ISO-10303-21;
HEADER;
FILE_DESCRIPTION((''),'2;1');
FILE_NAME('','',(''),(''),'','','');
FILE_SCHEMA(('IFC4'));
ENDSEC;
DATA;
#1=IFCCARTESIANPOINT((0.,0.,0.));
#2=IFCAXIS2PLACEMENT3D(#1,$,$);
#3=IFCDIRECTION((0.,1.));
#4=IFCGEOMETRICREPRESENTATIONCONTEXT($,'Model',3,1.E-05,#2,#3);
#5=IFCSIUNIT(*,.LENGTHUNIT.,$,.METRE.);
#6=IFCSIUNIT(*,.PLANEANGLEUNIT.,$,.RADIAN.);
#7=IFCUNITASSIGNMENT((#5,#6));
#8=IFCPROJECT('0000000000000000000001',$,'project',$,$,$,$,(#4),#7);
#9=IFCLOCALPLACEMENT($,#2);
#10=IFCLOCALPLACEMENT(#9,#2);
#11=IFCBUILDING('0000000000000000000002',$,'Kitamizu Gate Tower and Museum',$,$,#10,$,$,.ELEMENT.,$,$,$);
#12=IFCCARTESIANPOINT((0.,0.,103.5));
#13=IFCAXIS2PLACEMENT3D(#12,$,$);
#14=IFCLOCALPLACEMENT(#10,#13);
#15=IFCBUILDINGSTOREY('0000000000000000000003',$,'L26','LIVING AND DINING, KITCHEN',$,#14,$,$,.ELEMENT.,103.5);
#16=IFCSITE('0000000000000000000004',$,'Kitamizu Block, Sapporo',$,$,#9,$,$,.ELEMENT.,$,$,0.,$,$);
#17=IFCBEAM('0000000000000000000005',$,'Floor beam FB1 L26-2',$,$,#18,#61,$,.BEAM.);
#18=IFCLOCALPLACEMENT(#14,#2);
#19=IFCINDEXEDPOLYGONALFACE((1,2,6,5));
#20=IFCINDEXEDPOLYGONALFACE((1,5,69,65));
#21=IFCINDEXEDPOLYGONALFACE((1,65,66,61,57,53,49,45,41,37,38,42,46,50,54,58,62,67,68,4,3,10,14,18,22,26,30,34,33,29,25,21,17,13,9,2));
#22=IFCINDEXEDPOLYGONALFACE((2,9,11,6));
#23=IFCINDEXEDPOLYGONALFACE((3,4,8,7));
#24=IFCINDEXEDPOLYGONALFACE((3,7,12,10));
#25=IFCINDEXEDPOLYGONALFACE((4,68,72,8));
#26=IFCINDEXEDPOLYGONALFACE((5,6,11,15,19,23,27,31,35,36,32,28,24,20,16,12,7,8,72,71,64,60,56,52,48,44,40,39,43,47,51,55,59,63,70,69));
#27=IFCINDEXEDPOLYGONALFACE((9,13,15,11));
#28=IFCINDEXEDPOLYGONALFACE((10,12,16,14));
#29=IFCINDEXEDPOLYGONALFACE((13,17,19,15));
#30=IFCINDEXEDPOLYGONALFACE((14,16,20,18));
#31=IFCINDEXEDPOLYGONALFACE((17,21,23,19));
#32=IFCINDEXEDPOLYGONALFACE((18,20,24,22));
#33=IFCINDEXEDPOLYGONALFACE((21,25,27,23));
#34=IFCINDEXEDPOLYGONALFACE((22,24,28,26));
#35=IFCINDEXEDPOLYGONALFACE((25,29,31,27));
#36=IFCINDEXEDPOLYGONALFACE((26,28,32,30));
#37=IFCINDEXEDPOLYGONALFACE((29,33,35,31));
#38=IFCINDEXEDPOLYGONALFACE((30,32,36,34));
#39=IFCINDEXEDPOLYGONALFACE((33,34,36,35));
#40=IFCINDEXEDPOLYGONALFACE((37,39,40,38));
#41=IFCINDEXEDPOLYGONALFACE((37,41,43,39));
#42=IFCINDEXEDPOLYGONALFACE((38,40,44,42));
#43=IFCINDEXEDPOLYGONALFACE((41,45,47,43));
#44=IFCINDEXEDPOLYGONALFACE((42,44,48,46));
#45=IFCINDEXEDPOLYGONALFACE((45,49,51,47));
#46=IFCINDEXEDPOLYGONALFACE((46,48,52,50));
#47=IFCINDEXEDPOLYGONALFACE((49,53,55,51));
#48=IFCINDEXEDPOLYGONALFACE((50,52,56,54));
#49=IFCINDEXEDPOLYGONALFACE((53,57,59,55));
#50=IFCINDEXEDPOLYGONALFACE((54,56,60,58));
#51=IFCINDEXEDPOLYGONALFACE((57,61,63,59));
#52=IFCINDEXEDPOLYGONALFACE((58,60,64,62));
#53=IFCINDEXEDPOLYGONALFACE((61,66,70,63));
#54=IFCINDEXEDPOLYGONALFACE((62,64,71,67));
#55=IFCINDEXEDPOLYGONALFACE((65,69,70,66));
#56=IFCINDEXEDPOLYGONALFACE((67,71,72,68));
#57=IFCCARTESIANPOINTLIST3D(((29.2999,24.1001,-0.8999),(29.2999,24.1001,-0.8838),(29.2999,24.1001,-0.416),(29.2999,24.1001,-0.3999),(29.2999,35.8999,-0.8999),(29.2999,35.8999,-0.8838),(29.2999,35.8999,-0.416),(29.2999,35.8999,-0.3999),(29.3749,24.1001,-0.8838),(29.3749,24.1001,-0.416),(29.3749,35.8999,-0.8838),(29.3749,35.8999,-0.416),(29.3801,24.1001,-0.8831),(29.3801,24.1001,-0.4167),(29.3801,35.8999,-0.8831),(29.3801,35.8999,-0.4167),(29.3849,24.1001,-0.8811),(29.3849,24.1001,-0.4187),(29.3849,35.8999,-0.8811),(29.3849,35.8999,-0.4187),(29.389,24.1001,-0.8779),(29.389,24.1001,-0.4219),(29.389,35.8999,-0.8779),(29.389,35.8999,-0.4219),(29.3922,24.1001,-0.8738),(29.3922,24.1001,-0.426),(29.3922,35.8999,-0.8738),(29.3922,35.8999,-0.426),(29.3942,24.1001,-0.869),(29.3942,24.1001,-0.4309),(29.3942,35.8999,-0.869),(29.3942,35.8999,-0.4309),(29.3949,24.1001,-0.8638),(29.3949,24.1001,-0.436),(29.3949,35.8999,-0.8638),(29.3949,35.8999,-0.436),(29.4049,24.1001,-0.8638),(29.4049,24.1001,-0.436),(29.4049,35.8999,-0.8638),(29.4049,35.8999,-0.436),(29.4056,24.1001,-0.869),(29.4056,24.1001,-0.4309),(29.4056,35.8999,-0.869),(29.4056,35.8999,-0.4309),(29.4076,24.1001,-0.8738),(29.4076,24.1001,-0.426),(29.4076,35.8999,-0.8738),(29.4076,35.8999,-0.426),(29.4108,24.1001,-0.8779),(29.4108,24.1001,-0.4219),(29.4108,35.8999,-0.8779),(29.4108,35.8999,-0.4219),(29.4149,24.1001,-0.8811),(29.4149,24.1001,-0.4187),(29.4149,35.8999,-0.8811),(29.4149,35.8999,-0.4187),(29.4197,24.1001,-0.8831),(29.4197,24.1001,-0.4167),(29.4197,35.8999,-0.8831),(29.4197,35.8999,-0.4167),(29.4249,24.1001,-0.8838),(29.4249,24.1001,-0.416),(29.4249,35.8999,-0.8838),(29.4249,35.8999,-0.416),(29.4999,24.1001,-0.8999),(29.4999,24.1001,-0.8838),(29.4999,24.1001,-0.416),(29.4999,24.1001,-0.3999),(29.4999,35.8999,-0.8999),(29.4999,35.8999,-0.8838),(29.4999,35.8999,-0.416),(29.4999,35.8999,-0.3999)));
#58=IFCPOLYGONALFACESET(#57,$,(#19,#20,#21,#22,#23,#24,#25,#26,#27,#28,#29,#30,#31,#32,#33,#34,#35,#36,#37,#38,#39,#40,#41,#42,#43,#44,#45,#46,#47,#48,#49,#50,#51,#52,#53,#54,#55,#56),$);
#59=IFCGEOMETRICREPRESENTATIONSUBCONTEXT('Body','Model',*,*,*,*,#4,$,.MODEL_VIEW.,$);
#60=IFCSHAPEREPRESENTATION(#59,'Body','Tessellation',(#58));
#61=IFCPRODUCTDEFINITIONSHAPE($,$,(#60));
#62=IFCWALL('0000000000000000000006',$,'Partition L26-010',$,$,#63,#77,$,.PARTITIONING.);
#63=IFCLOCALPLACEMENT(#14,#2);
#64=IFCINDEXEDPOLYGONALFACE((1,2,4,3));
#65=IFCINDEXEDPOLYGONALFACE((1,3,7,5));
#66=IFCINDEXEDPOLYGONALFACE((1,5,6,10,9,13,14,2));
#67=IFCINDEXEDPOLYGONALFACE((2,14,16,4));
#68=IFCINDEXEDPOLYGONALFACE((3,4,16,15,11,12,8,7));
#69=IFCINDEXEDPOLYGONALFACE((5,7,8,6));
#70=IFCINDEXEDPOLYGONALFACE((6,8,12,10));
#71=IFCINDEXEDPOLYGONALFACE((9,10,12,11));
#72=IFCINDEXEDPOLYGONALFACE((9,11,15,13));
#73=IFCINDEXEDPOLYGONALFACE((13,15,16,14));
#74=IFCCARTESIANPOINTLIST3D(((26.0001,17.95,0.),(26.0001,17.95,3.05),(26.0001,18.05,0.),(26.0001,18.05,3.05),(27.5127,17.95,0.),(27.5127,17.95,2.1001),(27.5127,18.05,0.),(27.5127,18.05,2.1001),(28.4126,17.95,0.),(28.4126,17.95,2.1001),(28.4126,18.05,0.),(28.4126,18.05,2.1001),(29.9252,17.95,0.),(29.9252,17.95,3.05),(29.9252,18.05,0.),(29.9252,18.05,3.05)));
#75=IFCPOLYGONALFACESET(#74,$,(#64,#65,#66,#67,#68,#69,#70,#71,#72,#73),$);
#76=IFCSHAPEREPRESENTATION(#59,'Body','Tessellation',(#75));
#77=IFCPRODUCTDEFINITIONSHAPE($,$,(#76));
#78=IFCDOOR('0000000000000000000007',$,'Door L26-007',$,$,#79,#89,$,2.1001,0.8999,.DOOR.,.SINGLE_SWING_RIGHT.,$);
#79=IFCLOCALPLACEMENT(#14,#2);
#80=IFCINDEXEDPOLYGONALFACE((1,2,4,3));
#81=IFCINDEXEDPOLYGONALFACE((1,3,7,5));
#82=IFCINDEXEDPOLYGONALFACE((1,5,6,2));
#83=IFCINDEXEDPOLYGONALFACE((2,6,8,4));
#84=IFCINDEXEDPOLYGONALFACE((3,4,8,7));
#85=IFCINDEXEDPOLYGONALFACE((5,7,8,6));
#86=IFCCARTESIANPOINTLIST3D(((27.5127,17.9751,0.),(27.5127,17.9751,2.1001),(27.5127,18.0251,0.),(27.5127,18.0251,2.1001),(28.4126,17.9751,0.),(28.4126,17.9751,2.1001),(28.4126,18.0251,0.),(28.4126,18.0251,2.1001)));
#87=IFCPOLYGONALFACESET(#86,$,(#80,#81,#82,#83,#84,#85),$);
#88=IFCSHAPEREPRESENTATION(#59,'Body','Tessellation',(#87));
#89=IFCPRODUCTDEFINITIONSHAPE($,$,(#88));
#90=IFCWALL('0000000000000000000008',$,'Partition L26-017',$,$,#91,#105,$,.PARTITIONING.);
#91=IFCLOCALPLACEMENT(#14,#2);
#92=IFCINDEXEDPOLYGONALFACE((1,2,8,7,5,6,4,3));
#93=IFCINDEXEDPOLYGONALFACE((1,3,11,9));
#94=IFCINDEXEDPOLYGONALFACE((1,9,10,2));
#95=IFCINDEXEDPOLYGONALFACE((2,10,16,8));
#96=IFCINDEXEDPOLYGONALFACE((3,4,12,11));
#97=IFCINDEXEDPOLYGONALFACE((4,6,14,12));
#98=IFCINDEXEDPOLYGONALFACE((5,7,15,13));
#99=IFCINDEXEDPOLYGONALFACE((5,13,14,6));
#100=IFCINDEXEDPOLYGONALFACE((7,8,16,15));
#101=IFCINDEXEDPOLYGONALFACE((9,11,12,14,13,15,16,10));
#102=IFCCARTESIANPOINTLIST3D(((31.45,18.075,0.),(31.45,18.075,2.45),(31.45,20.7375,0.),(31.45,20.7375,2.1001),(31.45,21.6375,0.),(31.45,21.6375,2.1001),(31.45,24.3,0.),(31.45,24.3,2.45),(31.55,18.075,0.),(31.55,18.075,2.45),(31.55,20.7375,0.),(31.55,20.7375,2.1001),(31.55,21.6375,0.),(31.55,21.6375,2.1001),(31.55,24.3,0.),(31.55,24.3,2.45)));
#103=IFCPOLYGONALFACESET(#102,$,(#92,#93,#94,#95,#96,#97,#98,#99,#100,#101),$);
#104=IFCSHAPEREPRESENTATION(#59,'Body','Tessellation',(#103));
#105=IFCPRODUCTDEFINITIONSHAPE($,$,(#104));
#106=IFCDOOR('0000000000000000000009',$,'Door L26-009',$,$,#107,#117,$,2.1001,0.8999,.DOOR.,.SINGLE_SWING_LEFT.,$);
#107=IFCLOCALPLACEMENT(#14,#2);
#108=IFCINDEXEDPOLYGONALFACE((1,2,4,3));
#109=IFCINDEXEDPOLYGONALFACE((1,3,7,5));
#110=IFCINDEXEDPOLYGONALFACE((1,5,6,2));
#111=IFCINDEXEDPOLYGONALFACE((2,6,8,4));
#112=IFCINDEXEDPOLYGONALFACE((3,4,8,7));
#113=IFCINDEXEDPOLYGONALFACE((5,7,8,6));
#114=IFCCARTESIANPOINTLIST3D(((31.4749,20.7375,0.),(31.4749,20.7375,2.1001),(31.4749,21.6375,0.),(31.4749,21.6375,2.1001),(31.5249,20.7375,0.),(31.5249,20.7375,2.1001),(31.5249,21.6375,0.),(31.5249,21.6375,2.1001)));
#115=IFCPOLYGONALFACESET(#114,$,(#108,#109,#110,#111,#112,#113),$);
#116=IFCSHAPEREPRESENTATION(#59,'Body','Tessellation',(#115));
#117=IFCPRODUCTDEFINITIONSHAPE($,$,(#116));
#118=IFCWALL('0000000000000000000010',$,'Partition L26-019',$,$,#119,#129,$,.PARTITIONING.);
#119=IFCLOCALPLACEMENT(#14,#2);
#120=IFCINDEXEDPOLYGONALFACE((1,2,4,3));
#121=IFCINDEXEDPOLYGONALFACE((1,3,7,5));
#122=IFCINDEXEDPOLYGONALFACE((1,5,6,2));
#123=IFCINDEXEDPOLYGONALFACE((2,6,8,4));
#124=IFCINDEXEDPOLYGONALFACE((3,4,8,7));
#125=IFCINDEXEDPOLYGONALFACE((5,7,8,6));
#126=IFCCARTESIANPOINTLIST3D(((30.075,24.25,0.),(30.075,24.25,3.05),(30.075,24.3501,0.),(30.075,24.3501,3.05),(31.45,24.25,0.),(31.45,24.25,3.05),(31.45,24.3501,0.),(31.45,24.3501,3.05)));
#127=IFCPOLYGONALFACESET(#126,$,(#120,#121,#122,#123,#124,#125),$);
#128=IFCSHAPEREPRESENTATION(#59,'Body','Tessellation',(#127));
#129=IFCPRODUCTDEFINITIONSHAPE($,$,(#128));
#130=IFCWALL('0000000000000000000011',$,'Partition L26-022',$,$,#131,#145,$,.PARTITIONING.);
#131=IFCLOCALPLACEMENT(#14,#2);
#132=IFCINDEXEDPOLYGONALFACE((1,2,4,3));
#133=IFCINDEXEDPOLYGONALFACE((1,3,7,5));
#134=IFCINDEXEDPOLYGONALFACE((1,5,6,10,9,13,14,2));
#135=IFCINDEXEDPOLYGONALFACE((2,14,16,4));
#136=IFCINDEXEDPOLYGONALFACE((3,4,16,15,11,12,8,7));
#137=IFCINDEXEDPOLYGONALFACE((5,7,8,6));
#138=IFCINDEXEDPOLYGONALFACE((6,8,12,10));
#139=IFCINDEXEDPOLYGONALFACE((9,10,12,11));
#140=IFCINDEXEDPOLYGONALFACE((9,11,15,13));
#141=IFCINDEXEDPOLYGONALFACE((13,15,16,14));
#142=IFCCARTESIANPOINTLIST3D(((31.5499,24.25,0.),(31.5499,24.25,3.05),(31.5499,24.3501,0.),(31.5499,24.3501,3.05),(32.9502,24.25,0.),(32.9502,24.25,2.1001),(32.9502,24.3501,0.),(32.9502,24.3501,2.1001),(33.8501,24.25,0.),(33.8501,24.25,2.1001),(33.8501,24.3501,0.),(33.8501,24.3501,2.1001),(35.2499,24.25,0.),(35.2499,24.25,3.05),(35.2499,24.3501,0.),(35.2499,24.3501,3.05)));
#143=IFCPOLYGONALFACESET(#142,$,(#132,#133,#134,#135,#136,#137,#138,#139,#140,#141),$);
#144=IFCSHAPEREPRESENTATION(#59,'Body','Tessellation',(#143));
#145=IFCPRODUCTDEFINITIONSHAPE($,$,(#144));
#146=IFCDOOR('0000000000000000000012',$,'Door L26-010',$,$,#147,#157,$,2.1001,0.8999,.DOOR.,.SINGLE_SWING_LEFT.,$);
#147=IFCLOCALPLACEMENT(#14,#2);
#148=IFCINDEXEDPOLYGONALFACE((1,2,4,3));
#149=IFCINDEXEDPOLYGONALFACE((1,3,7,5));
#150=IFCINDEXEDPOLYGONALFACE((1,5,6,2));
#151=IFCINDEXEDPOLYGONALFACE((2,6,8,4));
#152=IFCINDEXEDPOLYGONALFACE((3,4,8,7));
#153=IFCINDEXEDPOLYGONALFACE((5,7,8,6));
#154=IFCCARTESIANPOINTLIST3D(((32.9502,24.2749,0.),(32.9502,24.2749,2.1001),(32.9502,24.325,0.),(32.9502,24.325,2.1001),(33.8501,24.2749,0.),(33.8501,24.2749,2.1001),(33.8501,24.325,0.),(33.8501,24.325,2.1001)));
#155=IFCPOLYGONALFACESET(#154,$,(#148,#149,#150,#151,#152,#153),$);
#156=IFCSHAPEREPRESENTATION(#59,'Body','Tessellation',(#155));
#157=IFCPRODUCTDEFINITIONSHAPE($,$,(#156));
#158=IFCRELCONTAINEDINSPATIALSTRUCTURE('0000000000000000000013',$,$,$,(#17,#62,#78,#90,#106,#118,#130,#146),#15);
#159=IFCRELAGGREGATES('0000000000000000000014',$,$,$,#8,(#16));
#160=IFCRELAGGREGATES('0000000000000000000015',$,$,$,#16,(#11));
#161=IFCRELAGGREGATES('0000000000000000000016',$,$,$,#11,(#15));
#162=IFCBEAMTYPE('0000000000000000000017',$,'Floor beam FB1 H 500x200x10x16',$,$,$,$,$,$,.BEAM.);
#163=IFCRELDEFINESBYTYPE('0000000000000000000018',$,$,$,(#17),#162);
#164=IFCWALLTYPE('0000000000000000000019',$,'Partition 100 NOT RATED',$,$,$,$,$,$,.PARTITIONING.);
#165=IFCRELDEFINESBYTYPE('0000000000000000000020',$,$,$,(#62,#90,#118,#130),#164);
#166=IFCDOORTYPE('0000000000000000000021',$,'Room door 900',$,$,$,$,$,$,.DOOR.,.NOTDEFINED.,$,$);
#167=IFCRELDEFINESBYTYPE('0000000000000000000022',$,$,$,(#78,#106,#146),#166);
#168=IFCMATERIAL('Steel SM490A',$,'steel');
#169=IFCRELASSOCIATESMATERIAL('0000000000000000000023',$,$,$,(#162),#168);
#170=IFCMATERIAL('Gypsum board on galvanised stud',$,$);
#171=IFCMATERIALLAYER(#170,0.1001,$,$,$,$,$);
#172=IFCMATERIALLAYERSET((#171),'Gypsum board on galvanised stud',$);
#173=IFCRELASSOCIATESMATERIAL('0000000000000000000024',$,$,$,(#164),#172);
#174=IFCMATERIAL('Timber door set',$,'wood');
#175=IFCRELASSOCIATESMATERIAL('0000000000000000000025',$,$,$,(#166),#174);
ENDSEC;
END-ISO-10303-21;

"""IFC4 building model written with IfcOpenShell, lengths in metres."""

from ifc_helpers import new_model, si_unit, direction, frame, frame_2d, origin, origin_2d, place, context, subcontext, project, spatial, rectangle, i_section, extrude, material, layer, layer_set, material_profile, profile_set, type_object, element, fill, save


model = new_model("IFC4")

# Units and contexts
model_context = context("Model", 3, precision=1e-05, world=origin(), true_north=direction((0.0, 1.0)))
body_context = subcontext(model_context, "Body", "Model", "MODEL_VIEW")
ifc_project = project(units=[si_unit("LENGTHUNIT", "METRE"), si_unit("PLANEANGLEUNIT", "RADIAN")], contexts=[model_context])

# Site, building, storey
site_placement = place(None, origin())
site = spatial("IfcSite", under=ifc_project, at=site_placement, Name="Kitamizu Block, Sapporo", CompositionType="ELEMENT", RefElevation=0.0)
building_placement = place(site_placement, origin())
building = spatial("IfcBuilding", under=site, at=building_placement, Name="Kitamizu Gate Tower and Museum", CompositionType="ELEMENT")
storey_placement = place(building_placement, frame((0.0, 0.0, 103.5)))
storey = spatial("IfcBuildingStorey", under=building, at=storey_placement, Name="L26", Description="LIVING AND DINING, KITCHEN", CompositionType="ELEMENT", Elevation=103.5)

# Beam
ifc_material_1 = material(Name="Steel SM490A", Category="steel")
ifc_material_profile = material_profile(ifc_material_1, i_section(OverallWidth=0.2, OverallDepth=0.5, WebThickness=0.01, FlangeThickness=0.0161, FilletRadius=0.02, at=origin_2d()), Name="H-500x200x10x16")
ifc_profile_set = profile_set([ifc_material_profile], Name="Steel SM490A")
beam_type = type_object("IfcBeamType", Name="Floor beam FB1 H 500x200x10x16", PredefinedType="BEAM", material=ifc_profile_set)
beam_placement = place(storey_placement, frame((29.3999, 24.1001, -0.6499), z_axis=(0.0, 1.0, 0.0), x_axis=(-1.0, 0.0, 0.0)))
element("IfcBeam", 1, at=beam_placement, inside=storey, type_object=beam_type, Name="Floor beam FB1 L26-2", PredefinedType="BEAM", context=body_context, shape_type="SweptSolid", body=[
    extrude(i_section(OverallWidth=0.2, OverallDepth=0.5, WebThickness=0.01, FlangeThickness=0.0161, FilletRadius=0.02, at=origin_2d()), origin(), (0.0, 0.0, 1.0), 11.7998),
])

# Walls, openings, doors
ifc_material_2 = material(Name="Gypsum board on galvanised stud")
ifc_layer_1 = layer(ifc_material_2, 0.1001)
ifc_layer_set_1 = layer_set([ifc_layer_1], Name="Gypsum board on galvanised stud")
wall_type_1 = type_object("IfcWallType", Name="Partition 100 NOT RATED", PredefinedType="PARTITIONING", material=ifc_layer_set_1)
wall_1_placement = place(storey_placement, frame((29.925, 18.0, 0.0), z_axis=(0.0, 0.0, 1.0), x_axis=(-1.0, 0.0, 0.0)))
wall_1 = element("IfcWall", 2, at=wall_1_placement, inside=storey, type_object=wall_type_1, Name="Partition L26-010", PredefinedType="PARTITIONING", context=body_context, shape_type="SweptSolid", body=[
    extrude(rectangle(XDim=3.925, YDim=0.1001, at=frame_2d((1.9624, 0.0))), origin(), (0.0, 0.0, 1.0), 3.05),
])
opening_1_placement = place(wall_1_placement, frame((1.5125, 0.0, 0.0)))
opening_1 = element("IfcOpeningElement", 3, at=opening_1_placement, cuts=wall_1, PredefinedType="OPENING", context=body_context, shape_type="SweptSolid", body=[
    extrude(rectangle(XDim=0.8999, YDim=2.1001, at=frame_2d((0.45, 1.05))), frame((0.0, 0.0601, 0.0), z_axis=(0.0, -1.0, 0.0), x_axis=(1.0, 0.0, 0.0)), (0.0, 0.0, 1.0), 0.1201),
])
ifc_material_3 = material(Name="Timber door set", Category="wood")
door_type_1 = type_object("IfcDoorType", Name="Room door 900", OperationType="NOTDEFINED", PredefinedType="DOOR", material=ifc_material_3)
door_1_placement = place(opening_1_placement, origin())
door_1 = element("IfcDoor", 4, at=door_1_placement, inside=storey, type_object=door_type_1, Name="Door L26-007", OperationType="SINGLE_SWING_RIGHT", OverallHeight=2.1001, OverallWidth=0.8999, PredefinedType="DOOR", context=body_context, shape_type="SweptSolid", body=[
    extrude(rectangle(XDim=0.8999, YDim=2.1001, at=frame_2d((0.45, 1.05))), frame((0.0, 0.0249, 0.0), z_axis=(0.0, -1.0, 0.0), x_axis=(1.0, 0.0, 0.0)), (0.0, 0.0, 1.0), 0.05),
])
fill(opening_1, door_1)
wall_2_placement = place(storey_placement, frame((31.5, 18.075, 0.0), z_axis=(0.0, 0.0, 1.0), x_axis=(0.0, 1.0, 0.0)))
wall_2 = element("IfcWall", 5, at=wall_2_placement, inside=storey, type_object=wall_type_1, Name="Partition L26-017", PredefinedType="PARTITIONING", context=body_context, shape_type="SweptSolid", body=[
    extrude(rectangle(XDim=6.2251, YDim=0.1001, at=frame_2d((3.1125, 0.0))), origin(), (0.0, 0.0, 1.0), 2.45),
])
opening_2_placement = place(wall_2_placement, frame((2.6626, 0.0, 0.0)))
opening_2 = element("IfcOpeningElement", 6, at=opening_2_placement, cuts=wall_2, PredefinedType="OPENING", context=body_context, shape_type="SweptSolid", body=[
    extrude(rectangle(XDim=0.8999, YDim=2.1001, at=frame_2d((0.45, 1.05))), frame((0.0, 0.0601, 0.0), z_axis=(0.0, -1.0, 0.0), x_axis=(1.0, 0.0, 0.0)), (0.0, 0.0, 1.0), 0.1201),
])
door_2_placement = place(opening_2_placement, frame((0.8999, 0.0, 0.0), x_axis=(-1.0, 0.0, 0.0)))
door_2 = element("IfcDoor", 7, at=door_2_placement, inside=storey, type_object=door_type_1, Name="Door L26-009", OperationType="SINGLE_SWING_LEFT", OverallHeight=2.1001, OverallWidth=0.8999, PredefinedType="DOOR", context=body_context, shape_type="SweptSolid", body=[
    extrude(rectangle(XDim=0.8999, YDim=2.1001, at=frame_2d((0.45, 1.05))), frame((0.0, 0.0249, 0.0), z_axis=(0.0, -1.0, 0.0), x_axis=(1.0, 0.0, 0.0)), (0.0, 0.0, 1.0), 0.05),
])
fill(opening_2, door_2)

# Wall
wall_3_placement = place(storey_placement, frame((31.45, 24.3, 0.0), z_axis=(0.0, 0.0, 1.0), x_axis=(-1.0, 0.0, 0.0)))
element("IfcWall", 8, at=wall_3_placement, inside=storey, type_object=wall_type_1, Name="Partition L26-019", PredefinedType="PARTITIONING", context=body_context, shape_type="SweptSolid", body=[
    extrude(rectangle(XDim=1.375, YDim=0.1001, at=frame_2d((0.6875, 0.0))), origin(), (0.0, 0.0, 1.0), 3.05),
])

# Wall, opening, door
wall_4_placement = place(storey_placement, frame((35.25, 24.3, 0.0), z_axis=(0.0, 0.0, 1.0), x_axis=(-1.0, 0.0, 0.0)))
wall_4 = element("IfcWall", 9, at=wall_4_placement, inside=storey, type_object=wall_type_1, Name="Partition L26-022", PredefinedType="PARTITIONING", context=body_context, shape_type="SweptSolid", body=[
    extrude(rectangle(XDim=3.7, YDim=0.1001, at=frame_2d((1.8501, 0.0))), origin(), (0.0, 0.0, 1.0), 3.05),
])
opening_3_placement = place(wall_4_placement, frame((1.3999, 0.0, 0.0)))
opening_3 = element("IfcOpeningElement", 10, at=opening_3_placement, cuts=wall_4, PredefinedType="OPENING", context=body_context, shape_type="SweptSolid", body=[
    extrude(rectangle(XDim=0.8999, YDim=2.1001, at=frame_2d((0.45, 1.05))), frame((0.0, 0.0601, 0.0), z_axis=(0.0, -1.0, 0.0), x_axis=(1.0, 0.0, 0.0)), (0.0, 0.0, 1.0), 0.1201),
])
door_3_placement = place(opening_3_placement, frame((0.8999, 0.0, 0.0), x_axis=(-1.0, 0.0, 0.0)))
door_3 = element("IfcDoor", 11, at=door_3_placement, inside=storey, type_object=door_type_1, Name="Door L26-010", OperationType="SINGLE_SWING_LEFT", OverallHeight=2.1001, OverallWidth=0.8999, PredefinedType="DOOR", context=body_context, shape_type="SweptSolid", body=[
    extrude(rectangle(XDim=0.8999, YDim=2.1001, at=frame_2d((0.45, 1.05))), frame((0.0, 0.0249, 0.0), z_axis=(0.0, -1.0, 0.0), x_axis=(1.0, 0.0, 0.0)), (0.0, 0.0, 1.0), 0.05),
])
fill(opening_3, door_3)

save(model, "model.ifc")
